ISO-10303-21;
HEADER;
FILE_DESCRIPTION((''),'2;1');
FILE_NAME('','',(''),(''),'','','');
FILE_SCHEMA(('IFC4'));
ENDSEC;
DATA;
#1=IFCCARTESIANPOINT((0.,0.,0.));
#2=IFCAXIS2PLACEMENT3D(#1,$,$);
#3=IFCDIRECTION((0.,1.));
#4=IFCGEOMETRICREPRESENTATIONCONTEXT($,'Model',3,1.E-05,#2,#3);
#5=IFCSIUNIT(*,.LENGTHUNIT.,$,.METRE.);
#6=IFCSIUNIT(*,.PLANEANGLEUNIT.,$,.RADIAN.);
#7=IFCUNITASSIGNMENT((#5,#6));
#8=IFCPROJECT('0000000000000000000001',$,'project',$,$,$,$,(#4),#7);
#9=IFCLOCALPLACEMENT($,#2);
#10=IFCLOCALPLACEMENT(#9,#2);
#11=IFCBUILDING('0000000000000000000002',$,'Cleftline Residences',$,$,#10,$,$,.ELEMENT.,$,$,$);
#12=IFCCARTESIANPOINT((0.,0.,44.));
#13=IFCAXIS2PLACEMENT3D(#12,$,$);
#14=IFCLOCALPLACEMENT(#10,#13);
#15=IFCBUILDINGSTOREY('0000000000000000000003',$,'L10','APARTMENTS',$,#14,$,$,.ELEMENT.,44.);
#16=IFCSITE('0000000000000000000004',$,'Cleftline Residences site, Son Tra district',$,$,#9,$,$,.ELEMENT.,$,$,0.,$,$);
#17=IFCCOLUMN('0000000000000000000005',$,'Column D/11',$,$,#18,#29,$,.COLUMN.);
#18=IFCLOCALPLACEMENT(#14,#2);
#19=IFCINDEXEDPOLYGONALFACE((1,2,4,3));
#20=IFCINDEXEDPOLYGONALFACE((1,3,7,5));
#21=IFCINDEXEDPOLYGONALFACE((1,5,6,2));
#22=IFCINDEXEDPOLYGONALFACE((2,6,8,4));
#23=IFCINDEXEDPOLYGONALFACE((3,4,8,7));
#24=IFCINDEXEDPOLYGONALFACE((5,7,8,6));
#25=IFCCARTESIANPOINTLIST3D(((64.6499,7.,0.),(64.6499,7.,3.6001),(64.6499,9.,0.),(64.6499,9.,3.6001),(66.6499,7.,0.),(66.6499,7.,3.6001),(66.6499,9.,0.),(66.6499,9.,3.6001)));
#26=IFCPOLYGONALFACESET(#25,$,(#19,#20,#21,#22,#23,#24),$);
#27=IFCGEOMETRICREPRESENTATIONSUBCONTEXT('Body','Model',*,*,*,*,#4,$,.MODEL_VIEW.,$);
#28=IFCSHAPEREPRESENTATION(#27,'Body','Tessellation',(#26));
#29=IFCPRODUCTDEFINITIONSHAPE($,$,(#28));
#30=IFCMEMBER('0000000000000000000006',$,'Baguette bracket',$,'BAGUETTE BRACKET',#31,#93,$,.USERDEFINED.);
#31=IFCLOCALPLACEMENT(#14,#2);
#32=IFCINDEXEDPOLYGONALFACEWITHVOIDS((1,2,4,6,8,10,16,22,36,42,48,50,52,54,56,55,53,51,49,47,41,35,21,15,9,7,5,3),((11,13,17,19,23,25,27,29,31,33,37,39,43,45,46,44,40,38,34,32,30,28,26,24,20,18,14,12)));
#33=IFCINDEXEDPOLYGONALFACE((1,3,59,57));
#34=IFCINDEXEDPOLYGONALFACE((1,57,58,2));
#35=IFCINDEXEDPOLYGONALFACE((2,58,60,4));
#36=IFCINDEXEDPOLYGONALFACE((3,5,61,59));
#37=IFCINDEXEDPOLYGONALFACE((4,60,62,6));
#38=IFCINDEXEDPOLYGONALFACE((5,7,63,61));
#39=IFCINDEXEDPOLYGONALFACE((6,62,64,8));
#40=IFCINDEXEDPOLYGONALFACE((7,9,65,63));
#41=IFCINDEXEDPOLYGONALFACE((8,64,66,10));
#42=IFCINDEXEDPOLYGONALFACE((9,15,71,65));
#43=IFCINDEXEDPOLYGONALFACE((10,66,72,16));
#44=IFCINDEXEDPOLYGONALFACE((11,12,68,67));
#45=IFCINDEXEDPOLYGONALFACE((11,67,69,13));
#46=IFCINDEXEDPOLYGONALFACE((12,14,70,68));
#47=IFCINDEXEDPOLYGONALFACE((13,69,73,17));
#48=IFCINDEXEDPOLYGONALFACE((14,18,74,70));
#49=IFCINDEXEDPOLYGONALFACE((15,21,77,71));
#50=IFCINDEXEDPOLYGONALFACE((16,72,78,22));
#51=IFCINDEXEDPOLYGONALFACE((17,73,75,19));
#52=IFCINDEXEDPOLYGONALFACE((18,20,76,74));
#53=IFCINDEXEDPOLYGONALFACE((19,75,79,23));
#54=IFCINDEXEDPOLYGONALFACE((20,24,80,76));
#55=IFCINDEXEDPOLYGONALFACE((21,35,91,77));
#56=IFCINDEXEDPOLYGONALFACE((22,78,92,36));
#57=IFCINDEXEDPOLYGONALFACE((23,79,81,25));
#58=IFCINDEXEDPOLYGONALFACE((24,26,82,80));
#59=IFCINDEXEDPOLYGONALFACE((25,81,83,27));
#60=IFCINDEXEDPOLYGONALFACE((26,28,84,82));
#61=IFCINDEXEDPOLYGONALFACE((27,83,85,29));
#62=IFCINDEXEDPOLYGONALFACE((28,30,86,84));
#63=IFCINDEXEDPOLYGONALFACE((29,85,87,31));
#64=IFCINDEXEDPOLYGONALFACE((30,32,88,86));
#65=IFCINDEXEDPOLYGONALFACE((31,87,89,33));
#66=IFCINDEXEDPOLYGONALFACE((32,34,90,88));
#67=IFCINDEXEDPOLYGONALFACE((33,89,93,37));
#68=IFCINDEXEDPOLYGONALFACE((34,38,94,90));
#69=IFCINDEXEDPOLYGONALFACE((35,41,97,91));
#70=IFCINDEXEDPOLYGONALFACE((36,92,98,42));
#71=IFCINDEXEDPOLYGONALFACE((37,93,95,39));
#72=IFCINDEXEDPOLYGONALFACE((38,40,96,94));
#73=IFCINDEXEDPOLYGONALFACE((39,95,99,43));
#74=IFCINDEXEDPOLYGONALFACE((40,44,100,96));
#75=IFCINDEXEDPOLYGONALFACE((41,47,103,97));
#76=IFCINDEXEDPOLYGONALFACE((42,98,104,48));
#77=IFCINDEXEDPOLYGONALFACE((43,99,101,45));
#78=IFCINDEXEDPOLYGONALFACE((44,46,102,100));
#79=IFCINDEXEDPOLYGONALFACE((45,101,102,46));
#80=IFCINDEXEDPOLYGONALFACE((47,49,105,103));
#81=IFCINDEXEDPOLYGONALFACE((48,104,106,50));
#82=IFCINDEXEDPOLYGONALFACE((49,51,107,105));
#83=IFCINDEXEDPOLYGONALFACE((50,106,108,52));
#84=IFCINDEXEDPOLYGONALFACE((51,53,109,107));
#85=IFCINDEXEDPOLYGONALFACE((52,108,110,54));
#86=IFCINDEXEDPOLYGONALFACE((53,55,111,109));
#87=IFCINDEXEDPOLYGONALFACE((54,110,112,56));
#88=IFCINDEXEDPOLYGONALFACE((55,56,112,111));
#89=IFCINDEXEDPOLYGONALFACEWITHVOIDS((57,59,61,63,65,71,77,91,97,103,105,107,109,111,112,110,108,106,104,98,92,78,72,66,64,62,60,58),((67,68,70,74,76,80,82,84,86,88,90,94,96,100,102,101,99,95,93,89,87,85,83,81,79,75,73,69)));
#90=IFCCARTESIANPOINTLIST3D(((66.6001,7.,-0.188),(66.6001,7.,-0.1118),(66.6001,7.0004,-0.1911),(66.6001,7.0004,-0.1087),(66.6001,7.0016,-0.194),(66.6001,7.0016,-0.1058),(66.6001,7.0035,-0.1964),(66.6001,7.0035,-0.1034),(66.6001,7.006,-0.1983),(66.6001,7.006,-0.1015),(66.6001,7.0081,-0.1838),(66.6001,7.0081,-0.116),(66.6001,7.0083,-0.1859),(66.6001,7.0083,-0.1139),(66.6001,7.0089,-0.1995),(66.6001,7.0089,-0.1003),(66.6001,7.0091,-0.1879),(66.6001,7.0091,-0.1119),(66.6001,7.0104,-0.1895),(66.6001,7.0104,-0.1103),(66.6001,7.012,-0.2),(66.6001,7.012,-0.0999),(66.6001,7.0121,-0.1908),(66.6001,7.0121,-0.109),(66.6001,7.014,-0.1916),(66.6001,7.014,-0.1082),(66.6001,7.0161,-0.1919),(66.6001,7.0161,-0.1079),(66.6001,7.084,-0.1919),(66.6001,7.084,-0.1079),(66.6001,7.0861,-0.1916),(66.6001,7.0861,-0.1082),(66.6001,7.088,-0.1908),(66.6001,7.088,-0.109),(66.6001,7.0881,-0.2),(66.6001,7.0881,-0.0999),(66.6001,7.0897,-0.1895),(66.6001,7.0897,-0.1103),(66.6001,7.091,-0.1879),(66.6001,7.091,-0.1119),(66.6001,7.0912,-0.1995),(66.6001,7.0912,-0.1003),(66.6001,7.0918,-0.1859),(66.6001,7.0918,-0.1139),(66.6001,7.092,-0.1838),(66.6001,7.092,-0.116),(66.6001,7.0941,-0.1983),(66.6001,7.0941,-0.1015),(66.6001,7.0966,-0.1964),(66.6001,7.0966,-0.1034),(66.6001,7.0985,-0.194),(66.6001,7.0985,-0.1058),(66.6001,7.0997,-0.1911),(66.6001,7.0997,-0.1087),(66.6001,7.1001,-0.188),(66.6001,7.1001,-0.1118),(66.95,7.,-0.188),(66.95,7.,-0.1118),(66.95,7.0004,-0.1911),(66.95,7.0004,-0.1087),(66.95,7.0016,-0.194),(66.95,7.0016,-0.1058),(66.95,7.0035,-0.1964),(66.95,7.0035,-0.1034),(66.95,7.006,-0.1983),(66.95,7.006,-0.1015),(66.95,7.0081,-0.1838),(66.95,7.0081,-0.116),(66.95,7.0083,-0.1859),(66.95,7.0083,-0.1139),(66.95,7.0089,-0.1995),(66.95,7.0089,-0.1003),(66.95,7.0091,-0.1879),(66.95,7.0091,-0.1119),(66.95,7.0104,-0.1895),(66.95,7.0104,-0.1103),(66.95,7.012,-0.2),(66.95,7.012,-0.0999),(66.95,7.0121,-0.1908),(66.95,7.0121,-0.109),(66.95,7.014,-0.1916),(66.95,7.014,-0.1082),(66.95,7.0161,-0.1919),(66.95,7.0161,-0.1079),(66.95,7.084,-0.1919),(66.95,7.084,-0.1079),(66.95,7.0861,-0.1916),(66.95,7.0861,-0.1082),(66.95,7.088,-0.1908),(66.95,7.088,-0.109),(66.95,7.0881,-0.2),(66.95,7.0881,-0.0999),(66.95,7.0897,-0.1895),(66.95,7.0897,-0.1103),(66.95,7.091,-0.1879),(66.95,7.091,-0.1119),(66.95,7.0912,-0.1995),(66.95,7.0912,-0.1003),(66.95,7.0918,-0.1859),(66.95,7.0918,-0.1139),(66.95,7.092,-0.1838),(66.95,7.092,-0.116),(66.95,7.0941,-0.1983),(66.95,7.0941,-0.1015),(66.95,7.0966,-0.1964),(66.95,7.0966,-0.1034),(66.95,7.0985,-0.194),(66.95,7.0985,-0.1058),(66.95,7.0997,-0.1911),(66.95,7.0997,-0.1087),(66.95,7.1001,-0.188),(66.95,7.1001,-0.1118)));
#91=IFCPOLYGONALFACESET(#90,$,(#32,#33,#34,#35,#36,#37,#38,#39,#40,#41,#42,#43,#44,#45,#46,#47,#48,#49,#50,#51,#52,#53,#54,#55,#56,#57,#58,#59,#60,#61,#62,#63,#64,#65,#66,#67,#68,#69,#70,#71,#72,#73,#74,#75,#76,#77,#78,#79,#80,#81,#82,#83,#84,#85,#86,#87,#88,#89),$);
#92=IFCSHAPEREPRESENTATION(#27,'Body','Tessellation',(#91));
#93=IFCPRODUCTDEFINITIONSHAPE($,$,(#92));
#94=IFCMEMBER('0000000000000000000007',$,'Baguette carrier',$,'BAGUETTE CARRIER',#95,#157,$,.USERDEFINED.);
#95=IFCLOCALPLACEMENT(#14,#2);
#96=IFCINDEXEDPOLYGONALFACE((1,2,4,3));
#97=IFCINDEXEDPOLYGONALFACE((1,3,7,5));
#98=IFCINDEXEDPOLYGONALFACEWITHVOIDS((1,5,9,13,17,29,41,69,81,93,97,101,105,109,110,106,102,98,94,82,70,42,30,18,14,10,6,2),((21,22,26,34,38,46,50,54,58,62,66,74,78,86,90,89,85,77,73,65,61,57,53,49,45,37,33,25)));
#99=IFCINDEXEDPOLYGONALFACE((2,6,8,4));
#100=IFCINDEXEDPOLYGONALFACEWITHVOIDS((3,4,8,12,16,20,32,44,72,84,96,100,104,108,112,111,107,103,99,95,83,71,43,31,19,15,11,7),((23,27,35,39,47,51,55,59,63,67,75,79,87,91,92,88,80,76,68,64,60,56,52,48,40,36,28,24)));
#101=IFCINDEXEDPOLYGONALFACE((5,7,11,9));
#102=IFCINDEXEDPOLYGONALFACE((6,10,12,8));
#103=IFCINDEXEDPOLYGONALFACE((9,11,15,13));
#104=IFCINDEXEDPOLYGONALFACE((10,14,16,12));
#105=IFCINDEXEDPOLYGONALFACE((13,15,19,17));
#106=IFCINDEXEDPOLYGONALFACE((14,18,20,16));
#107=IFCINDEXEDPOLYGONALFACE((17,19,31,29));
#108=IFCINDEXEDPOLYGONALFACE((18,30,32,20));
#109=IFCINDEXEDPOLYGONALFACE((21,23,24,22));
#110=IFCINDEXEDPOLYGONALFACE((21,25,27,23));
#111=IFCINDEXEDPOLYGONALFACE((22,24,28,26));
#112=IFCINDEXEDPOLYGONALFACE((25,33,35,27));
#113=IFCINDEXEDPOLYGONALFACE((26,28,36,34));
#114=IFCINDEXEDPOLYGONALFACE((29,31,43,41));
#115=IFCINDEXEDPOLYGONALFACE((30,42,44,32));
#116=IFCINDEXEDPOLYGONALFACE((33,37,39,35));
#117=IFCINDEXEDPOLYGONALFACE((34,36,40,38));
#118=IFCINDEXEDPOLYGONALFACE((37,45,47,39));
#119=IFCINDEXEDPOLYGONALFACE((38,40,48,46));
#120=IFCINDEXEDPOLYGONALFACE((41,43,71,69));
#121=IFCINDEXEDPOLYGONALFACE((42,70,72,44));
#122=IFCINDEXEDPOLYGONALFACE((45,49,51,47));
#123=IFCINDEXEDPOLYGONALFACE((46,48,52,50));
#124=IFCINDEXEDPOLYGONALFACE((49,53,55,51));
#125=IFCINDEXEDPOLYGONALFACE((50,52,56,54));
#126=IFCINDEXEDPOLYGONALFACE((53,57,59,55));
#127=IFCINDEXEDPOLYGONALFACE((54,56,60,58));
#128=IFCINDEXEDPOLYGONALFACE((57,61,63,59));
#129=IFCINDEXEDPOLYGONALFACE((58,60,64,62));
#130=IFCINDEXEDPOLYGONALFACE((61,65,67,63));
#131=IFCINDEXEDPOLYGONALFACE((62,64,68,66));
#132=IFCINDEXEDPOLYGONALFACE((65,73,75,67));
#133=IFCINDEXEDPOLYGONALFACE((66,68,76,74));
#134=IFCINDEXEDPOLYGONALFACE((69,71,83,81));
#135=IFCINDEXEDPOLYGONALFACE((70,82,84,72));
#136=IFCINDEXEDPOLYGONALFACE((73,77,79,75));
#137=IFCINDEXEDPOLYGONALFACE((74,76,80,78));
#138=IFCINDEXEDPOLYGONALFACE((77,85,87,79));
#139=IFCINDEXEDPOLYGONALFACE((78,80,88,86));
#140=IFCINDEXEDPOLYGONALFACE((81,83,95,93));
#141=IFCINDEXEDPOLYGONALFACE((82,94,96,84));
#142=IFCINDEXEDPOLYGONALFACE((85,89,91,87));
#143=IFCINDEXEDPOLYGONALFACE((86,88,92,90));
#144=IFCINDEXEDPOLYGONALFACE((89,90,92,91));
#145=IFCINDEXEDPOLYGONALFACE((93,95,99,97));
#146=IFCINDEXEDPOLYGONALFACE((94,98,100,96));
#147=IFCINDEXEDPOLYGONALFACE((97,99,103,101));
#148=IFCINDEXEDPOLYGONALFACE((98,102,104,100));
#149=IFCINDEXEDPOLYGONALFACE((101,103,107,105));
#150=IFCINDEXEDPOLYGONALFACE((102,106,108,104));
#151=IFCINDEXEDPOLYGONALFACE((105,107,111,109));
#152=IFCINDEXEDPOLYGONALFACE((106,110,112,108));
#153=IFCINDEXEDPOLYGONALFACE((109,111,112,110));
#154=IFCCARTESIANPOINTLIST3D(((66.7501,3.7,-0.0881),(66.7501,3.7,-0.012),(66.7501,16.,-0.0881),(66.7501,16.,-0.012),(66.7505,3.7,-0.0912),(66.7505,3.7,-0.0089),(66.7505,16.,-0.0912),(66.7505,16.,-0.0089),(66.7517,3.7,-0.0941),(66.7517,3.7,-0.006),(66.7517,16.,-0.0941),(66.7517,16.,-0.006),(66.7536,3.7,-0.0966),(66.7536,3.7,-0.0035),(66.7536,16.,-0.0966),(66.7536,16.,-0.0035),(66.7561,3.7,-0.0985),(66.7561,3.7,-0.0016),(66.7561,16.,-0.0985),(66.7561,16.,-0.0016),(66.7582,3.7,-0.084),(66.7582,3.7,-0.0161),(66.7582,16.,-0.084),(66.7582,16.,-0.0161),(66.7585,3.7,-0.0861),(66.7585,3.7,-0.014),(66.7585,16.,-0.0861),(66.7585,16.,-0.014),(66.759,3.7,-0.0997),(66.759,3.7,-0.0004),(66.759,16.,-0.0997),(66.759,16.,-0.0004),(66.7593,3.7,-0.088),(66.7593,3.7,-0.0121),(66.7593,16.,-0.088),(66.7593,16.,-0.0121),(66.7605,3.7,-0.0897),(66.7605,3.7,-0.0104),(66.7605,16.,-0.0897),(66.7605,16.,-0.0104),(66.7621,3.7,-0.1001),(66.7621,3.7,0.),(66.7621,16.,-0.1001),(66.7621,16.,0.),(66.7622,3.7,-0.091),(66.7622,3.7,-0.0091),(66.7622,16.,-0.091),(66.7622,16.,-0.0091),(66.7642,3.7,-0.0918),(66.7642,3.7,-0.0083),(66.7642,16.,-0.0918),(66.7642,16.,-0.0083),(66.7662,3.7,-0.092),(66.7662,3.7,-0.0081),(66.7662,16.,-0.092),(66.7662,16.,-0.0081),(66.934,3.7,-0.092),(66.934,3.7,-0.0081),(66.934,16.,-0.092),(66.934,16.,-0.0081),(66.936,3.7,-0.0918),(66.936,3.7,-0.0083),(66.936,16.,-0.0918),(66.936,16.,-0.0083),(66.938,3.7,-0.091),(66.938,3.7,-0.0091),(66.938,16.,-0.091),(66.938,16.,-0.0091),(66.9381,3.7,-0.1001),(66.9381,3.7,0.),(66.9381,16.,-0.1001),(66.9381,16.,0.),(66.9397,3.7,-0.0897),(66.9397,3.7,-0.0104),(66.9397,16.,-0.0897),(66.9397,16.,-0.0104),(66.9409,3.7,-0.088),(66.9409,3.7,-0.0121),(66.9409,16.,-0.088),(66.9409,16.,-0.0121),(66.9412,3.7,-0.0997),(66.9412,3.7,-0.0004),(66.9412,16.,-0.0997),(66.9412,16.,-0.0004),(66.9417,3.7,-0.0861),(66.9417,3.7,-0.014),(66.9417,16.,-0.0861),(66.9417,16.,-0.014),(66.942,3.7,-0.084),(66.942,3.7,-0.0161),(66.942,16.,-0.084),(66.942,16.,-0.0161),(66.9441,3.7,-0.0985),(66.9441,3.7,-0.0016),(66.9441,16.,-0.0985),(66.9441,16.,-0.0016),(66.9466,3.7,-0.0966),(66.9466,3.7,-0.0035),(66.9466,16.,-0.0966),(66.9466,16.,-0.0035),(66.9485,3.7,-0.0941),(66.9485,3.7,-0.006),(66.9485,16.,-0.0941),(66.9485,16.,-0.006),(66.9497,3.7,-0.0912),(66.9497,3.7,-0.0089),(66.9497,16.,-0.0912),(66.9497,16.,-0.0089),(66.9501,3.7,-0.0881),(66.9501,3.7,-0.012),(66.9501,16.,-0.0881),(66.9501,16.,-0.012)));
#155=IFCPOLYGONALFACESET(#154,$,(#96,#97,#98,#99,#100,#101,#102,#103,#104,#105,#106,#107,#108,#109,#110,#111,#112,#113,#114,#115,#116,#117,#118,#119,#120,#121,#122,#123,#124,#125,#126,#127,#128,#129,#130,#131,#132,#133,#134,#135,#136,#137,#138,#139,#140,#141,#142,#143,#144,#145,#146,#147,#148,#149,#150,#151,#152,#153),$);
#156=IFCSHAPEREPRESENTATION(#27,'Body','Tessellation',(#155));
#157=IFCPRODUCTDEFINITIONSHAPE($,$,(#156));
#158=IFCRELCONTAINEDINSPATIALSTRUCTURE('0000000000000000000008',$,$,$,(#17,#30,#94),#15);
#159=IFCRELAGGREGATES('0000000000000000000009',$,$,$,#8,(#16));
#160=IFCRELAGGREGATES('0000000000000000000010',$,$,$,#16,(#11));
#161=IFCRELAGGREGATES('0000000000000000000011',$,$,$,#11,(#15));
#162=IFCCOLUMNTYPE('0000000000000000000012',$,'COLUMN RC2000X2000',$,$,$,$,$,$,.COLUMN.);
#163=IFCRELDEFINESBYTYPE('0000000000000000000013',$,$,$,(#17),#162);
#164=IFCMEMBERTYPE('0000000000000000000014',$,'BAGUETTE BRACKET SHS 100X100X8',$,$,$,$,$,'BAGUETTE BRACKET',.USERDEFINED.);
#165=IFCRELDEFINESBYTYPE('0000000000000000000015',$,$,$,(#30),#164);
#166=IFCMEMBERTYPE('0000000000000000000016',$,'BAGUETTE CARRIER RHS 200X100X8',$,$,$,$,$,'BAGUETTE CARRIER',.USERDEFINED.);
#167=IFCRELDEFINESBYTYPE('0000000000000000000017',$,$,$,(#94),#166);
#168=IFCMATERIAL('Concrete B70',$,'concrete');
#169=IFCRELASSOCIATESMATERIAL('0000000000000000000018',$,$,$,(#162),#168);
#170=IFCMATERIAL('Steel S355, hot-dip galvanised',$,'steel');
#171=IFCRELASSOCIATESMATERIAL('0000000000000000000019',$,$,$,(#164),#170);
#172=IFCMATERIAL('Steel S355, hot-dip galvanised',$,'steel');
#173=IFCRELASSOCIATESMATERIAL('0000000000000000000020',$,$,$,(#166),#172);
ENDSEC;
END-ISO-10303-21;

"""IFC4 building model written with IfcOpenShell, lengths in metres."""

from ifc_helpers import new_model, si_unit, direction, frame, origin, origin_2d, place, context, subcontext, project, spatial, rectangle, hollow_rectangle, extrude, material, material_profile, profile_set, type_object, element, save


model = new_model("IFC4")

# Units and contexts
model_context = context("Model", 3, precision=1e-05, world=origin(), true_north=direction((0.0, 1.0)))
body_context = subcontext(model_context, "Body", "Model", "MODEL_VIEW")
ifc_project = project(units=[si_unit("LENGTHUNIT", "METRE"), si_unit("PLANEANGLEUNIT", "RADIAN")], contexts=[model_context])

# Site, building, storey
site_placement = place(None, origin())
site = spatial("IfcSite", under=ifc_project, at=site_placement, Name="Cleftline Residences site, Son Tra district", CompositionType="ELEMENT", RefElevation=0.0)
building_placement = place(site_placement, origin())
building = spatial("IfcBuilding", under=site, at=building_placement, Name="Cleftline Residences", CompositionType="ELEMENT")
storey_placement = place(building_placement, frame((0.0, 0.0, 44.0)))
storey = spatial("IfcBuildingStorey", under=building, at=storey_placement, Name="L10", Description="APARTMENTS", CompositionType="ELEMENT", Elevation=44.0)

# Column
ifc_material_1 = material(Name="Concrete B70", Category="concrete")
ifc_material_profile_1 = material_profile(ifc_material_1, rectangle(XDim=2.0, YDim=2.0, at=origin_2d()))
ifc_profile_set_1 = profile_set([ifc_material_profile_1], Name="Concrete B70")
column_type = type_object("IfcColumnType", Name="COLUMN RC2000X2000", PredefinedType="COLUMN", material=ifc_profile_set_1)
column_placement = place(storey_placement, frame((65.6499, 8.0, 0.0), z_axis=(0.0, 0.0, 1.0), x_axis=(1.0, 0.0, 0.0)))
element("IfcColumn", 1, at=column_placement, inside=storey, type_object=column_type, Name="Column D/11", PredefinedType="COLUMN", context=body_context, shape_type="SweptSolid", body=[
    extrude(rectangle(XDim=2.0, YDim=2.0, at=origin_2d()), origin(), (0.0, 0.0, 1.0), 3.6001),
])

# Members
ifc_material_2 = material(Name="Steel S355, hot-dip galvanised", Category="steel")
ifc_material_profile_2 = material_profile(ifc_material_2, hollow_rectangle(XDim=0.1001, YDim=0.1001, WallThickness=0.0081, InnerFilletRadius=0.0081, OuterFilletRadius=0.012, at=origin_2d()))
ifc_profile_set_2 = profile_set([ifc_material_profile_2], Name="Steel S355, hot-dip galvanised")
member_type_1 = type_object("IfcMemberType", Name="BAGUETTE BRACKET SHS 100X100X8", ElementType="BAGUETTE BRACKET", PredefinedType="USERDEFINED", material=ifc_profile_set_2)
member_1_placement = place(storey_placement, frame((66.6001, 7.05, -0.1499), z_axis=(1.0, 0.0, 0.0), x_axis=(0.0, 1.0, 0.0)))
element("IfcMember", 2, at=member_1_placement, inside=storey, type_object=member_type_1, Name="Baguette bracket", ObjectType="BAGUETTE BRACKET", PredefinedType="USERDEFINED", context=body_context, shape_type="SweptSolid", body=[
    extrude(hollow_rectangle(XDim=0.1001, YDim=0.1001, WallThickness=0.0081, InnerFilletRadius=0.0081, OuterFilletRadius=0.012, at=origin_2d()), origin(), (0.0, 0.0, 1.0), 0.3499),
])
ifc_material_3 = material(Name="Steel S355, hot-dip galvanised", Category="steel")
ifc_material_profile_3 = material_profile(ifc_material_3, hollow_rectangle(XDim=0.1001, YDim=0.2, WallThickness=0.0081, InnerFilletRadius=0.0081, OuterFilletRadius=0.012, at=origin_2d()))
ifc_profile_set_3 = profile_set([ifc_material_profile_3], Name="Steel S355, hot-dip galvanised")
member_type_2 = type_object("IfcMemberType", Name="BAGUETTE CARRIER RHS 200X100X8", ElementType="BAGUETTE CARRIER", PredefinedType="USERDEFINED", material=ifc_profile_set_3)
member_2_placement = place(storey_placement, frame((66.8501, 3.7, -0.05), z_axis=(0.0, 1.0, 0.0), x_axis=(0.0, 0.0, 1.0)))
element("IfcMember", 3, at=member_2_placement, inside=storey, type_object=member_type_2, Name="Baguette carrier", ObjectType="BAGUETTE CARRIER", PredefinedType="USERDEFINED", context=body_context, shape_type="SweptSolid", body=[
    extrude(hollow_rectangle(XDim=0.1001, YDim=0.2, WallThickness=0.0081, InnerFilletRadius=0.0081, OuterFilletRadius=0.012, at=origin_2d()), origin(), (0.0, 0.0, 1.0), 12.3),
])

save(model, "model.ifc")
